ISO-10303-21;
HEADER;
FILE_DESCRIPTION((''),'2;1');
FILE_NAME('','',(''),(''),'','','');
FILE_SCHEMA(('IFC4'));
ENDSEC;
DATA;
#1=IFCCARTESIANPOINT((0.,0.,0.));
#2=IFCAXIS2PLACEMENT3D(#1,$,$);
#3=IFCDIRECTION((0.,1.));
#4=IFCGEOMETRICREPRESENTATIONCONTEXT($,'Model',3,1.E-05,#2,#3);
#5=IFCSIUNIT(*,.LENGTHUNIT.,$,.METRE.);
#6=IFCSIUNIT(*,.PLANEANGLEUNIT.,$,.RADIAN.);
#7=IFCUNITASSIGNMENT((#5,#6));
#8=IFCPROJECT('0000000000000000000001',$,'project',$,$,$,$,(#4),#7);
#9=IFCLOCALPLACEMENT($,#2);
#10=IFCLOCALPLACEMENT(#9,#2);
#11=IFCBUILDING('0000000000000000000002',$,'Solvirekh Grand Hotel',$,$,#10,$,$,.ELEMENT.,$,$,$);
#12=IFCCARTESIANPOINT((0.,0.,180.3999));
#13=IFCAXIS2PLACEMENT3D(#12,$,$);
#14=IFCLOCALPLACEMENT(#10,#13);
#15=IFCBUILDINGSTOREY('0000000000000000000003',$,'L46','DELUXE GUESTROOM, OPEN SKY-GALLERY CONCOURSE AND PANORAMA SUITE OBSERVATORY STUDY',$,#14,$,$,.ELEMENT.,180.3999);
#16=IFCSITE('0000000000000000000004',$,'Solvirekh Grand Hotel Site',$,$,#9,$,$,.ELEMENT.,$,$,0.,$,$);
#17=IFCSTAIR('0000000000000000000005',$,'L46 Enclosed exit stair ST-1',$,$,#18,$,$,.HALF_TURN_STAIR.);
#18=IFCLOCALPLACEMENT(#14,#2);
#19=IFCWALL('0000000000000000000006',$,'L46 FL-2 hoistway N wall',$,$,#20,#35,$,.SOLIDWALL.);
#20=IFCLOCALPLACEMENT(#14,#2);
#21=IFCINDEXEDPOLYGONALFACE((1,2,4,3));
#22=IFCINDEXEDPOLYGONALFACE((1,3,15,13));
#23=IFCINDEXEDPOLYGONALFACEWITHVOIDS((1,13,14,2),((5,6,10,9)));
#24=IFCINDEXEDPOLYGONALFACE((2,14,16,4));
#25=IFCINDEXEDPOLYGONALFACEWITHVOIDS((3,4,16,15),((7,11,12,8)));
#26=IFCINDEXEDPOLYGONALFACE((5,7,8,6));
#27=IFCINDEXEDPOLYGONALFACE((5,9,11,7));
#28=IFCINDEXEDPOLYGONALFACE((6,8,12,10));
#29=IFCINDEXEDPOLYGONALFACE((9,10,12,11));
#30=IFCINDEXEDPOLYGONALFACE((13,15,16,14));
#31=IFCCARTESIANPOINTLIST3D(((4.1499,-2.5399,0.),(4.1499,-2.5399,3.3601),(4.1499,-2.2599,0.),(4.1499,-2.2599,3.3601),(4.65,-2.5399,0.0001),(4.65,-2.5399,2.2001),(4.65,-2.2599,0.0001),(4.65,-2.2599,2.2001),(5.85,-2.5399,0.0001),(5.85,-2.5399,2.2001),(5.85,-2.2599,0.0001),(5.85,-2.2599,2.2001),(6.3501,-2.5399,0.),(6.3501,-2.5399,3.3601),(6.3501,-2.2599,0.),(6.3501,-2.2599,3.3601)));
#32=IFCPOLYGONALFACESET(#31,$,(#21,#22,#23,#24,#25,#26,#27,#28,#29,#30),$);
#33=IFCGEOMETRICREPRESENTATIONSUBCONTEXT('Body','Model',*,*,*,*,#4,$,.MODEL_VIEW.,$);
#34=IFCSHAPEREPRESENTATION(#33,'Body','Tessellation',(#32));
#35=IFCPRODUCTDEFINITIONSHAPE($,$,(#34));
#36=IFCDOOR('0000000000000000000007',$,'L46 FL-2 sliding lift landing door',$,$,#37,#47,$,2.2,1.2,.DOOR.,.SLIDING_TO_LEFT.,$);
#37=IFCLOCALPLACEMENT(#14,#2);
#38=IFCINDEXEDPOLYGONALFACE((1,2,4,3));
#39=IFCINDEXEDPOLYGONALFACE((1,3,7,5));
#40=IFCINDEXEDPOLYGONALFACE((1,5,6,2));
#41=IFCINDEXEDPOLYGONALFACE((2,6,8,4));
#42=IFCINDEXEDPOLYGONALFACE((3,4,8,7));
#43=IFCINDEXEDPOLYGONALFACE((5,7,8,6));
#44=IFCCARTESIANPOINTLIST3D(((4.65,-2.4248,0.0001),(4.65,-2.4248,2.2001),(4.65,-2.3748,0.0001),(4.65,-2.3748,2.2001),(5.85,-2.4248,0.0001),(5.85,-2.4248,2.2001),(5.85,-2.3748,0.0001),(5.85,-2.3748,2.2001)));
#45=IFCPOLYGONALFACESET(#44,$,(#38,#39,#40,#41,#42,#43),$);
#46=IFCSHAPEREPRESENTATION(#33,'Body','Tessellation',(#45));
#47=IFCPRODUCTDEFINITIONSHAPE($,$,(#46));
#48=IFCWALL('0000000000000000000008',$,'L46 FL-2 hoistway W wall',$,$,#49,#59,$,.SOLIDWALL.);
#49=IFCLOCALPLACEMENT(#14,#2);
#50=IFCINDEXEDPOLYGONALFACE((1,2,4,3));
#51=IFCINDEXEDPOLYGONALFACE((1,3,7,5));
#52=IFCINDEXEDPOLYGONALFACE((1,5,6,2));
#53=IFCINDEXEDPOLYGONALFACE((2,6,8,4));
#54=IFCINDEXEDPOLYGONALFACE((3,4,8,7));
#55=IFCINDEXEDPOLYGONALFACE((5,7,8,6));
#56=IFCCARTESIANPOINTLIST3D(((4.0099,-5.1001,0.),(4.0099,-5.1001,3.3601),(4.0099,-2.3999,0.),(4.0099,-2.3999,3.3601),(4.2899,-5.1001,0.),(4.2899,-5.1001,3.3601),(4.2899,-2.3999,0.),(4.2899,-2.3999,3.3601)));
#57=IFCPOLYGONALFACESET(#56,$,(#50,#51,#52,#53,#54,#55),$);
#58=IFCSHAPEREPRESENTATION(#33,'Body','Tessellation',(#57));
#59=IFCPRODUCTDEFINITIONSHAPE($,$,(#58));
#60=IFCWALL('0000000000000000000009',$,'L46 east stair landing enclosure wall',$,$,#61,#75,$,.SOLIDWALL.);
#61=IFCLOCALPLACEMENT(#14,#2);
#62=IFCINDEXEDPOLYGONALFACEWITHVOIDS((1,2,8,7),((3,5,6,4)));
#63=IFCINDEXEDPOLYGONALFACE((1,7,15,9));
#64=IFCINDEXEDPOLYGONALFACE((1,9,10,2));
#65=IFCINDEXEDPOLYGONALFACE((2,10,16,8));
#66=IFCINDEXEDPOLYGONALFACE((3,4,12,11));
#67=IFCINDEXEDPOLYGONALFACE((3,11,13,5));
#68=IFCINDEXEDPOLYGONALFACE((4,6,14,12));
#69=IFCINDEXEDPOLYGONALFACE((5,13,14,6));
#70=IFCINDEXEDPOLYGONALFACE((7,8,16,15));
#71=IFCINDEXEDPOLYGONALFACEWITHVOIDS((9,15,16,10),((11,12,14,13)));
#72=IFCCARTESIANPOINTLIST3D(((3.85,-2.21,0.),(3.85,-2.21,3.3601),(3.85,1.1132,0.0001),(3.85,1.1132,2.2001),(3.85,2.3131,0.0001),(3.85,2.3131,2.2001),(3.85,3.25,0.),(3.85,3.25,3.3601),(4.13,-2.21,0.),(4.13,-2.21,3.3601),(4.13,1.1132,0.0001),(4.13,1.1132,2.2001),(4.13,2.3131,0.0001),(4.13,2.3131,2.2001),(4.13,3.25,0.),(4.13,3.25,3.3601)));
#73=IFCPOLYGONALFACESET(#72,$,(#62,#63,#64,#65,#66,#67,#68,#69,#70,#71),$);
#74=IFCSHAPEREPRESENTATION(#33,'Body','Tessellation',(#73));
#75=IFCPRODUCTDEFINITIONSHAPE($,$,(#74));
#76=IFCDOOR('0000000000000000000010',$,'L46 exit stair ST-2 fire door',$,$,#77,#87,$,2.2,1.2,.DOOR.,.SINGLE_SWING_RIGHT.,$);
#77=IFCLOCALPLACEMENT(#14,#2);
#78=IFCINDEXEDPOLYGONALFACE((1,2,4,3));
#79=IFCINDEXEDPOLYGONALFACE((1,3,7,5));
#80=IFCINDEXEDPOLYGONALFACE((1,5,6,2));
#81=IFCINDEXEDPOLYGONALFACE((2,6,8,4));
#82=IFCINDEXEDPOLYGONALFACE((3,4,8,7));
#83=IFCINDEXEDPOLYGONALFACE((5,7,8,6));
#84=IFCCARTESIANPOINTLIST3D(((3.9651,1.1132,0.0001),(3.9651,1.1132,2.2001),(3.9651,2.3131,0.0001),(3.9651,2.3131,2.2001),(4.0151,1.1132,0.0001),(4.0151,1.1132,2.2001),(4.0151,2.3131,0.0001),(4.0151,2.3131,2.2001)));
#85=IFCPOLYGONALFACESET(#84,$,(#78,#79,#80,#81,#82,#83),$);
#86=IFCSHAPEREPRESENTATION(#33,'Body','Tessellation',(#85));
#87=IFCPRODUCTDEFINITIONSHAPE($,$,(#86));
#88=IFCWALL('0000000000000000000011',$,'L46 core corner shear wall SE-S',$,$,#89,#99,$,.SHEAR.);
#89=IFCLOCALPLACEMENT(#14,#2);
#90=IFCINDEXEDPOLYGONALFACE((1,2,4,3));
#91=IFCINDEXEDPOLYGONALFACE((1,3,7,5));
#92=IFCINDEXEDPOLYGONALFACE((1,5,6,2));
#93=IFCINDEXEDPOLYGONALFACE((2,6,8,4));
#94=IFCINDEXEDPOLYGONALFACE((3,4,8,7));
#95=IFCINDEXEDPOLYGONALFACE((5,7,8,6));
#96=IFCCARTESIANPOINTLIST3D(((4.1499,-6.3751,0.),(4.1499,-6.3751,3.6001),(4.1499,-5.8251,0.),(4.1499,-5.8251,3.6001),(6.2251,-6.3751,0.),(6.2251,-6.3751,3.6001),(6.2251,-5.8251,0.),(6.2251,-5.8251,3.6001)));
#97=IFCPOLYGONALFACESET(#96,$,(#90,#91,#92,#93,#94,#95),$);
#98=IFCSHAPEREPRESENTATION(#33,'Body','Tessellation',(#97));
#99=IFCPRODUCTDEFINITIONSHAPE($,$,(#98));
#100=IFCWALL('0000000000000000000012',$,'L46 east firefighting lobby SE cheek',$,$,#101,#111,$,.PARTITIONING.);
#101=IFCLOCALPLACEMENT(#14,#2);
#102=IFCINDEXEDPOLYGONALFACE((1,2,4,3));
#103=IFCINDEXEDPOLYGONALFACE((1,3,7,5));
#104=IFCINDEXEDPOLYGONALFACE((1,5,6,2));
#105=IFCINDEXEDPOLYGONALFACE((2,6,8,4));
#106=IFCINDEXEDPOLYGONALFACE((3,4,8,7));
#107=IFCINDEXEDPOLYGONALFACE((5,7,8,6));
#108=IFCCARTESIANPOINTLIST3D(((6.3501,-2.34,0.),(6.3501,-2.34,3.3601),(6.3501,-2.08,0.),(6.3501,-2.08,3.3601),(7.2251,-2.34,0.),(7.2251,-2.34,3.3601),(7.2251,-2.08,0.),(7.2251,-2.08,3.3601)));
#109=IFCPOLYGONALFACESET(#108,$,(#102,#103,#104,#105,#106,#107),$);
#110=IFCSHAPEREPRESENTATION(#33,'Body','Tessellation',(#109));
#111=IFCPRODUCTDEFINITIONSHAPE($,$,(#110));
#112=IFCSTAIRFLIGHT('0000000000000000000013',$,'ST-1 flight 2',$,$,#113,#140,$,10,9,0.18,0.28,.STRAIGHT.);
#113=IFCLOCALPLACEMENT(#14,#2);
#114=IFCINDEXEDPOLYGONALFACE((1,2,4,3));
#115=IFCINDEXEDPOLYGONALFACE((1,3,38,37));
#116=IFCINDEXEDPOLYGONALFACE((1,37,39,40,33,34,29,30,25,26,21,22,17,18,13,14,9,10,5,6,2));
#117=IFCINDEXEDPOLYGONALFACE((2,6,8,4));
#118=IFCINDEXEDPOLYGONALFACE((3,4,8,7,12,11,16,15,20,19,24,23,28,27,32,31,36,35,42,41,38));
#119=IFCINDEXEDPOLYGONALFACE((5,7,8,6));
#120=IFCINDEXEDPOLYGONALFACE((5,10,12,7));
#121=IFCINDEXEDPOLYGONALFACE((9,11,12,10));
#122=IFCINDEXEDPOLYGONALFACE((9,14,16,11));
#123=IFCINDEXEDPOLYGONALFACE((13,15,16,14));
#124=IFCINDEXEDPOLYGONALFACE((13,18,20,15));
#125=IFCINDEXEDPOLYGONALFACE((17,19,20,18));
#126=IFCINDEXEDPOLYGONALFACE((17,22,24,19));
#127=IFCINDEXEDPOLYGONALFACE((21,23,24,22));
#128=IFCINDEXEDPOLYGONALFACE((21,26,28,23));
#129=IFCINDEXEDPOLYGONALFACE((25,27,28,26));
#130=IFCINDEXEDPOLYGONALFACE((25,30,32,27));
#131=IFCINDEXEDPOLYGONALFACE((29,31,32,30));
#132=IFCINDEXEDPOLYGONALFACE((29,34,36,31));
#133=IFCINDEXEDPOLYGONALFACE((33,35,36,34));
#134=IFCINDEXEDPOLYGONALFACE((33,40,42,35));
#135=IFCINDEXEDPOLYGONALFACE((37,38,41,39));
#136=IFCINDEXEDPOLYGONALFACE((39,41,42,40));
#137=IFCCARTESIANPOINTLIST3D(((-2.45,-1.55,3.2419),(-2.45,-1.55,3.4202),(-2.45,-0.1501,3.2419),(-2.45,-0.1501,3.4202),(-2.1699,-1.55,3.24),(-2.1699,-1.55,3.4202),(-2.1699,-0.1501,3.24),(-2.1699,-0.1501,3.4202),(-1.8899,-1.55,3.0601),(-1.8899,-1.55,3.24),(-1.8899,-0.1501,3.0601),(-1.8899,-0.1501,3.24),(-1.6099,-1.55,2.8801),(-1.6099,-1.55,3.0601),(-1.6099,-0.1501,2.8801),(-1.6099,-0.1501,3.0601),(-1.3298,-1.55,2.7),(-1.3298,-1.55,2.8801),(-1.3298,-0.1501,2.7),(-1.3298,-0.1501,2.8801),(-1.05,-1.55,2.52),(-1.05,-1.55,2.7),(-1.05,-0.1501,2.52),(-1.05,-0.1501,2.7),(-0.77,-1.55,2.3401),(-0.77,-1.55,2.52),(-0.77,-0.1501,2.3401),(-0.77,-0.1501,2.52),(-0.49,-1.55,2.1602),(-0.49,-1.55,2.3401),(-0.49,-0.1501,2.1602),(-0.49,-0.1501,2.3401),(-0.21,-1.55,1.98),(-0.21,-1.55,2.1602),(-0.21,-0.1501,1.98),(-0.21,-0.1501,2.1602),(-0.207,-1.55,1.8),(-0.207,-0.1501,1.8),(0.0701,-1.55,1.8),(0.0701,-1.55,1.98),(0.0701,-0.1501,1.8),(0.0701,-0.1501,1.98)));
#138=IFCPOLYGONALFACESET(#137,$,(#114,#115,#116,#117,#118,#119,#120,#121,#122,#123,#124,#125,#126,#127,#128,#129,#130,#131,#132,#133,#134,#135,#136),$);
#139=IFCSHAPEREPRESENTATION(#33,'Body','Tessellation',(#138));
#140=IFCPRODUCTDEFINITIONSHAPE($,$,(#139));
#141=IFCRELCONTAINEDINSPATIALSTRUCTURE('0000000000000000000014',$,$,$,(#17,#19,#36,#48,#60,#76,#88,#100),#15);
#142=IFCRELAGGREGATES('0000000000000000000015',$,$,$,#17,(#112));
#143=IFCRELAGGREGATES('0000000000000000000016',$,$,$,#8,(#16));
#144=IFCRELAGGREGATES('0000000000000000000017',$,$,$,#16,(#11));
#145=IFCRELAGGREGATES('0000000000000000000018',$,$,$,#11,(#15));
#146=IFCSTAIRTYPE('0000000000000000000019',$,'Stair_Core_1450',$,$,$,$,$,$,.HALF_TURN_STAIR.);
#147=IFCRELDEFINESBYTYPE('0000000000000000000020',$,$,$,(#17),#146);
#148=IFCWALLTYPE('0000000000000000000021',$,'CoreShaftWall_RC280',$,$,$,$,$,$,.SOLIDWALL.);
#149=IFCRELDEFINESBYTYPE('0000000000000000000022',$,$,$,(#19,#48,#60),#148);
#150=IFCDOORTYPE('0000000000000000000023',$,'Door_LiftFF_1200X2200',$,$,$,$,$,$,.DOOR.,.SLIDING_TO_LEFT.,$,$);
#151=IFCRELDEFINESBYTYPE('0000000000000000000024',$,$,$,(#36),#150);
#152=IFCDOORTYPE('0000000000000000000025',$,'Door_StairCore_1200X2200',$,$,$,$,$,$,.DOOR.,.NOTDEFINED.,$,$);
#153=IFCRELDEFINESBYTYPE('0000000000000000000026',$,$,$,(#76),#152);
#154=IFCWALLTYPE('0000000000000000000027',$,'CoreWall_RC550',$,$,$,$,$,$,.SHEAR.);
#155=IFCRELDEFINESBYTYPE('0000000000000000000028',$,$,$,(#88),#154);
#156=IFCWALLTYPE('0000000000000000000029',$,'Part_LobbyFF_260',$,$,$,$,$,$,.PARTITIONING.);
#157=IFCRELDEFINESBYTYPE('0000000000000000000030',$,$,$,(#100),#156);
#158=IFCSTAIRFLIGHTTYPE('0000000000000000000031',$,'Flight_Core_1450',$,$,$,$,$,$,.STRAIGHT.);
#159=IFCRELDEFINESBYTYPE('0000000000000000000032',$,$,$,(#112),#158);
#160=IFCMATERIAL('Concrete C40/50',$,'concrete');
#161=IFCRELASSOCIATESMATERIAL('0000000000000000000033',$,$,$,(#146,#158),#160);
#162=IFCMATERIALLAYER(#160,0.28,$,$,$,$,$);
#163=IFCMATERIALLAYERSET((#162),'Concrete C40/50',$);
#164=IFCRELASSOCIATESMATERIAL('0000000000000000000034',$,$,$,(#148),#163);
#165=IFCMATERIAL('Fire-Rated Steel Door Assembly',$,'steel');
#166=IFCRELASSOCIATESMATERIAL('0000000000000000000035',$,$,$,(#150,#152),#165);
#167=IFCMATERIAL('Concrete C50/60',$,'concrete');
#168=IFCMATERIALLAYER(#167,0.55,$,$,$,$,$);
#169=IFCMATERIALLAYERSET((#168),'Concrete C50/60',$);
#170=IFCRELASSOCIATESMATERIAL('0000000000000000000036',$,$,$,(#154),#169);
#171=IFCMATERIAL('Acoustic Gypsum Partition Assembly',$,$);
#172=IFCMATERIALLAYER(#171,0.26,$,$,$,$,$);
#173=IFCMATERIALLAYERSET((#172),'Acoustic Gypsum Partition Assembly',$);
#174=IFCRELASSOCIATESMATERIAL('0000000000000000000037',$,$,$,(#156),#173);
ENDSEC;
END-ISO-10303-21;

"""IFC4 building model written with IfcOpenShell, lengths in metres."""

from ifc_helpers import new_model, si_unit, direction, frame, frame_2d, origin, place, context, subcontext, project, spatial, polyline, rectangle, outline, extrude, material, layer, layer_set, type_object, element, fill, aggregate, save


model = new_model("IFC4")

# Units and contexts
model_context = context("Model", 3, precision=1e-05, world=origin(), true_north=direction((0.0, 1.0)))
body_context = subcontext(model_context, "Body", "Model", "MODEL_VIEW")
ifc_project = project(units=[si_unit("LENGTHUNIT", "METRE"), si_unit("PLANEANGLEUNIT", "RADIAN")], contexts=[model_context])

# Site, building, storey
site_placement = place(None, origin())
site = spatial("IfcSite", under=ifc_project, at=site_placement, Name="Solvirekh Grand Hotel Site", CompositionType="ELEMENT", RefElevation=0.0)
building_placement = place(site_placement, origin())
building = spatial("IfcBuilding", under=site, at=building_placement, Name="Solvirekh Grand Hotel", CompositionType="ELEMENT")
storey_placement = place(building_placement, frame((0.0, 0.0, 180.3999)))
storey = spatial("IfcBuildingStorey", under=building, at=storey_placement, Name="L46", Description="DELUXE GUESTROOM, OPEN SKY-GALLERY CONCOURSE AND PANORAMA SUITE OBSERVATORY STUDY", CompositionType="ELEMENT", Elevation=180.3999)

# Shared definitions
ifc_material_1 = material(Name="Concrete C50/60", Category="concrete")

# Stair
ifc_material_2 = material(Name="Concrete C40/50", Category="concrete")
stair_type = type_object("IfcStairType", Name="Stair_Core_1450", PredefinedType="HALF_TURN_STAIR", material=ifc_material_2)
stair_1_placement = place(storey_placement, origin())
stair_1 = element("IfcStair", 1, at=stair_1_placement, inside=storey, type_object=stair_type, Name="L46 Enclosed exit stair ST-1", PredefinedType="HALF_TURN_STAIR")

# Shared definitions
ifc_layer_1 = layer(ifc_material_2, 0.28)
ifc_layer_set_1 = layer_set([ifc_layer_1], Name="Concrete C40/50")
wall_type_1 = type_object("IfcWallType", Name="CoreShaftWall_RC280", PredefinedType="SOLIDWALL", material=ifc_layer_set_1)

# Wall, opening, door
wall_1_placement = place(storey_placement, frame((6.3501, -2.3999, 0.0), z_axis=(0.0, 0.0, 1.0), x_axis=(-1.0, 0.0, 0.0)))
wall_1 = element("IfcWall", 2, at=wall_1_placement, inside=storey, type_object=wall_type_1, Name="L46 FL-2 hoistway N wall", PredefinedType="SOLIDWALL", context=body_context, shape_type="SweptSolid", body=[
    extrude(rectangle(XDim=2.2002, YDim=0.28, at=frame_2d((1.1001, 0.0))), origin(), (0.0, 0.0, 1.0), 3.3601),
])
opening_1_placement = place(wall_1_placement, frame((0.5, 0.0, 0.0)))
opening_1 = element("IfcOpeningElement", 3, at=opening_1_placement, cuts=wall_1, PredefinedType="OPENING", context=body_context, shape_type="SweptSolid", body=[
    extrude(rectangle(XDim=1.2, YDim=2.2, at=frame_2d((0.6001, 1.1001))), frame((0.0, 0.1499, 0.0), z_axis=(0.0, -1.0, 0.0), x_axis=(1.0, 0.0, 0.0)), (0.0, 0.0, 1.0), 0.3),
])
ifc_material_3 = material(Name="Fire-Rated Steel Door Assembly", Category="steel")
door_type_1 = type_object("IfcDoorType", Name="Door_LiftFF_1200X2200", OperationType="SLIDING_TO_LEFT", PredefinedType="DOOR", material=ifc_material_3)
door_1_placement = place(opening_1_placement, origin())
door_1 = element("IfcDoor", 4, at=door_1_placement, inside=storey, type_object=door_type_1, Name="L46 FL-2 sliding lift landing door", OperationType="SLIDING_TO_LEFT", OverallHeight=2.2, OverallWidth=1.2, PredefinedType="DOOR", context=body_context, shape_type="SweptSolid", body=[
    extrude(rectangle(XDim=1.2, YDim=2.2, at=frame_2d((0.6001, 1.1001))), frame((0.0, 0.0249, 0.0), z_axis=(0.0, -1.0, 0.0), x_axis=(1.0, 0.0, 0.0)), (0.0, 0.0, 1.0), 0.05),
])
fill(opening_1, door_1)

# Wall
wall_2_placement = place(storey_placement, frame((4.1499, -2.3999, 0.0), z_axis=(0.0, 0.0, 1.0), x_axis=(0.0, -1.0, 0.0)))
element("IfcWall", 5, at=wall_2_placement, inside=storey, type_object=wall_type_1, Name="L46 FL-2 hoistway W wall", PredefinedType="SOLIDWALL", context=body_context, shape_type="SweptSolid", body=[
    extrude(rectangle(XDim=2.7002, YDim=0.28, at=frame_2d((1.3501, 0.0))), origin(), (0.0, 0.0, 1.0), 3.3601),
])

# Wall, opening, door
wall_3_placement = place(storey_placement, frame((3.99, -2.21, 0.0), z_axis=(0.0, 0.0, 1.0), x_axis=(0.0, 1.0, 0.0)))
wall_3 = element("IfcWall", 6, at=wall_3_placement, inside=storey, type_object=wall_type_1, Name="L46 east stair landing enclosure wall", PredefinedType="SOLIDWALL", context=body_context, shape_type="SweptSolid", body=[
    extrude(rectangle(XDim=5.46, YDim=0.28, at=frame_2d((2.73, 0.0))), origin(), (0.0, 0.0, 1.0), 3.3601),
])
opening_2_placement = place(wall_3_placement, frame((3.323, 0.0, 0.0)))
opening_2 = element("IfcOpeningElement", 7, at=opening_2_placement, cuts=wall_3, PredefinedType="OPENING", context=body_context, shape_type="SweptSolid", body=[
    extrude(rectangle(XDim=1.2, YDim=2.2, at=frame_2d((0.6001, 1.1001))), frame((0.0, 0.1499, 0.0), z_axis=(0.0, -1.0, 0.0), x_axis=(1.0, 0.0, 0.0)), (0.0, 0.0, 1.0), 0.3),
])
door_type_2 = type_object("IfcDoorType", Name="Door_StairCore_1200X2200", OperationType="NOTDEFINED", PredefinedType="DOOR", material=ifc_material_3)
door_2_placement = place(opening_2_placement, origin())
door_2 = element("IfcDoor", 8, at=door_2_placement, inside=storey, type_object=door_type_2, Name="L46 exit stair ST-2 fire door", OperationType="SINGLE_SWING_RIGHT", OverallHeight=2.2, OverallWidth=1.2, PredefinedType="DOOR", context=body_context, shape_type="SweptSolid", body=[
    extrude(rectangle(XDim=1.2, YDim=2.2, at=frame_2d((0.6001, 1.1001))), frame((0.0, 0.0249, 0.0), z_axis=(0.0, -1.0, 0.0), x_axis=(1.0, 0.0, 0.0)), (0.0, 0.0, 1.0), 0.05),
])
fill(opening_2, door_2)

# Walls
ifc_layer_2 = layer(ifc_material_1, 0.55)
ifc_layer_set_2 = layer_set([ifc_layer_2], Name="Concrete C50/60")
wall_type_2 = type_object("IfcWallType", Name="CoreWall_RC550", PredefinedType="SHEAR", material=ifc_layer_set_2)
wall_4_placement = place(storey_placement, frame((4.1499, -6.1001, 0.0), z_axis=(0.0, 0.0, 1.0), x_axis=(1.0, 0.0, 0.0)))
element("IfcWall", 9, at=wall_4_placement, inside=storey, type_object=wall_type_2, Name="L46 core corner shear wall SE-S", PredefinedType="SHEAR", context=body_context, shape_type="SweptSolid", body=[
    extrude(rectangle(XDim=2.0752, YDim=0.55, at=frame_2d((1.0376, 0.0))), origin(), (0.0, 0.0, 1.0), 3.6001),
])
ifc_material_4 = material(Name="Acoustic Gypsum Partition Assembly")
ifc_layer_3 = layer(ifc_material_4, 0.26)
ifc_layer_set_3 = layer_set([ifc_layer_3], Name="Acoustic Gypsum Partition Assembly")
wall_type_3 = type_object("IfcWallType", Name="Part_LobbyFF_260", PredefinedType="PARTITIONING", material=ifc_layer_set_3)
wall_5_placement = place(storey_placement, frame((6.3501, -2.21, 0.0), z_axis=(0.0, 0.0, 1.0), x_axis=(1.0, 0.0, 0.0)))
element("IfcWall", 10, at=wall_5_placement, inside=storey, type_object=wall_type_3, Name="L46 east firefighting lobby SE cheek", PredefinedType="PARTITIONING", context=body_context, shape_type="SweptSolid", body=[
    extrude(rectangle(XDim=0.875, YDim=0.26, at=frame_2d((0.4375, 0.0))), origin(), (0.0, 0.0, 1.0), 3.3601),
])

# Stair flight
stair_flight_type = type_object("IfcStairFlightType", Name="Flight_Core_1450", PredefinedType="STRAIGHT", material=ifc_material_2)
stair_flight_placement = place(storey_placement, frame((0.0701, -0.8501, 1.8), z_axis=(0.0, 0.0, 1.0), x_axis=(-1.0, 0.0, 0.0)))
stair_flight = element("IfcStairFlight", 11, at=stair_flight_placement, type_object=stair_flight_type, Name="ST-1 flight 2", NumberOfRisers=10, NumberOfTreads=9, PredefinedType="STRAIGHT", RiserHeight=0.18, TreadLength=0.28, context=body_context, shape_type="SweptSolid", body=[
    extrude(outline(polyline([(0.0, 0.0), (0.0, 0.1799), (0.28, 0.1799), (0.28, 0.3601), (0.5601, 0.3601), (0.5601, 0.54), (0.8401, 0.54), (0.8401, 0.72), (1.1201, 0.72), (1.1201, 0.8999), (1.3999, 0.8999), (1.3999, 1.0801), (1.6799, 1.0801), (1.6799, 1.26), (1.96, 1.26), (1.96, 1.4399), (2.24, 1.4399), (2.24, 1.6201), (2.52, 1.6201), (2.52, 1.8), (2.52, 1.4419), (0.2771, 0.0), (0.0, 0.0)])), frame((0.0, 0.7, 0.0), z_axis=(0.0, -1.0, 0.0), x_axis=(1.0, 0.0, 0.0)), (0.0, 0.0, 1.0), 1.3999),
])
aggregate(stair_1, [stair_flight])

save(model, "model.ifc")
